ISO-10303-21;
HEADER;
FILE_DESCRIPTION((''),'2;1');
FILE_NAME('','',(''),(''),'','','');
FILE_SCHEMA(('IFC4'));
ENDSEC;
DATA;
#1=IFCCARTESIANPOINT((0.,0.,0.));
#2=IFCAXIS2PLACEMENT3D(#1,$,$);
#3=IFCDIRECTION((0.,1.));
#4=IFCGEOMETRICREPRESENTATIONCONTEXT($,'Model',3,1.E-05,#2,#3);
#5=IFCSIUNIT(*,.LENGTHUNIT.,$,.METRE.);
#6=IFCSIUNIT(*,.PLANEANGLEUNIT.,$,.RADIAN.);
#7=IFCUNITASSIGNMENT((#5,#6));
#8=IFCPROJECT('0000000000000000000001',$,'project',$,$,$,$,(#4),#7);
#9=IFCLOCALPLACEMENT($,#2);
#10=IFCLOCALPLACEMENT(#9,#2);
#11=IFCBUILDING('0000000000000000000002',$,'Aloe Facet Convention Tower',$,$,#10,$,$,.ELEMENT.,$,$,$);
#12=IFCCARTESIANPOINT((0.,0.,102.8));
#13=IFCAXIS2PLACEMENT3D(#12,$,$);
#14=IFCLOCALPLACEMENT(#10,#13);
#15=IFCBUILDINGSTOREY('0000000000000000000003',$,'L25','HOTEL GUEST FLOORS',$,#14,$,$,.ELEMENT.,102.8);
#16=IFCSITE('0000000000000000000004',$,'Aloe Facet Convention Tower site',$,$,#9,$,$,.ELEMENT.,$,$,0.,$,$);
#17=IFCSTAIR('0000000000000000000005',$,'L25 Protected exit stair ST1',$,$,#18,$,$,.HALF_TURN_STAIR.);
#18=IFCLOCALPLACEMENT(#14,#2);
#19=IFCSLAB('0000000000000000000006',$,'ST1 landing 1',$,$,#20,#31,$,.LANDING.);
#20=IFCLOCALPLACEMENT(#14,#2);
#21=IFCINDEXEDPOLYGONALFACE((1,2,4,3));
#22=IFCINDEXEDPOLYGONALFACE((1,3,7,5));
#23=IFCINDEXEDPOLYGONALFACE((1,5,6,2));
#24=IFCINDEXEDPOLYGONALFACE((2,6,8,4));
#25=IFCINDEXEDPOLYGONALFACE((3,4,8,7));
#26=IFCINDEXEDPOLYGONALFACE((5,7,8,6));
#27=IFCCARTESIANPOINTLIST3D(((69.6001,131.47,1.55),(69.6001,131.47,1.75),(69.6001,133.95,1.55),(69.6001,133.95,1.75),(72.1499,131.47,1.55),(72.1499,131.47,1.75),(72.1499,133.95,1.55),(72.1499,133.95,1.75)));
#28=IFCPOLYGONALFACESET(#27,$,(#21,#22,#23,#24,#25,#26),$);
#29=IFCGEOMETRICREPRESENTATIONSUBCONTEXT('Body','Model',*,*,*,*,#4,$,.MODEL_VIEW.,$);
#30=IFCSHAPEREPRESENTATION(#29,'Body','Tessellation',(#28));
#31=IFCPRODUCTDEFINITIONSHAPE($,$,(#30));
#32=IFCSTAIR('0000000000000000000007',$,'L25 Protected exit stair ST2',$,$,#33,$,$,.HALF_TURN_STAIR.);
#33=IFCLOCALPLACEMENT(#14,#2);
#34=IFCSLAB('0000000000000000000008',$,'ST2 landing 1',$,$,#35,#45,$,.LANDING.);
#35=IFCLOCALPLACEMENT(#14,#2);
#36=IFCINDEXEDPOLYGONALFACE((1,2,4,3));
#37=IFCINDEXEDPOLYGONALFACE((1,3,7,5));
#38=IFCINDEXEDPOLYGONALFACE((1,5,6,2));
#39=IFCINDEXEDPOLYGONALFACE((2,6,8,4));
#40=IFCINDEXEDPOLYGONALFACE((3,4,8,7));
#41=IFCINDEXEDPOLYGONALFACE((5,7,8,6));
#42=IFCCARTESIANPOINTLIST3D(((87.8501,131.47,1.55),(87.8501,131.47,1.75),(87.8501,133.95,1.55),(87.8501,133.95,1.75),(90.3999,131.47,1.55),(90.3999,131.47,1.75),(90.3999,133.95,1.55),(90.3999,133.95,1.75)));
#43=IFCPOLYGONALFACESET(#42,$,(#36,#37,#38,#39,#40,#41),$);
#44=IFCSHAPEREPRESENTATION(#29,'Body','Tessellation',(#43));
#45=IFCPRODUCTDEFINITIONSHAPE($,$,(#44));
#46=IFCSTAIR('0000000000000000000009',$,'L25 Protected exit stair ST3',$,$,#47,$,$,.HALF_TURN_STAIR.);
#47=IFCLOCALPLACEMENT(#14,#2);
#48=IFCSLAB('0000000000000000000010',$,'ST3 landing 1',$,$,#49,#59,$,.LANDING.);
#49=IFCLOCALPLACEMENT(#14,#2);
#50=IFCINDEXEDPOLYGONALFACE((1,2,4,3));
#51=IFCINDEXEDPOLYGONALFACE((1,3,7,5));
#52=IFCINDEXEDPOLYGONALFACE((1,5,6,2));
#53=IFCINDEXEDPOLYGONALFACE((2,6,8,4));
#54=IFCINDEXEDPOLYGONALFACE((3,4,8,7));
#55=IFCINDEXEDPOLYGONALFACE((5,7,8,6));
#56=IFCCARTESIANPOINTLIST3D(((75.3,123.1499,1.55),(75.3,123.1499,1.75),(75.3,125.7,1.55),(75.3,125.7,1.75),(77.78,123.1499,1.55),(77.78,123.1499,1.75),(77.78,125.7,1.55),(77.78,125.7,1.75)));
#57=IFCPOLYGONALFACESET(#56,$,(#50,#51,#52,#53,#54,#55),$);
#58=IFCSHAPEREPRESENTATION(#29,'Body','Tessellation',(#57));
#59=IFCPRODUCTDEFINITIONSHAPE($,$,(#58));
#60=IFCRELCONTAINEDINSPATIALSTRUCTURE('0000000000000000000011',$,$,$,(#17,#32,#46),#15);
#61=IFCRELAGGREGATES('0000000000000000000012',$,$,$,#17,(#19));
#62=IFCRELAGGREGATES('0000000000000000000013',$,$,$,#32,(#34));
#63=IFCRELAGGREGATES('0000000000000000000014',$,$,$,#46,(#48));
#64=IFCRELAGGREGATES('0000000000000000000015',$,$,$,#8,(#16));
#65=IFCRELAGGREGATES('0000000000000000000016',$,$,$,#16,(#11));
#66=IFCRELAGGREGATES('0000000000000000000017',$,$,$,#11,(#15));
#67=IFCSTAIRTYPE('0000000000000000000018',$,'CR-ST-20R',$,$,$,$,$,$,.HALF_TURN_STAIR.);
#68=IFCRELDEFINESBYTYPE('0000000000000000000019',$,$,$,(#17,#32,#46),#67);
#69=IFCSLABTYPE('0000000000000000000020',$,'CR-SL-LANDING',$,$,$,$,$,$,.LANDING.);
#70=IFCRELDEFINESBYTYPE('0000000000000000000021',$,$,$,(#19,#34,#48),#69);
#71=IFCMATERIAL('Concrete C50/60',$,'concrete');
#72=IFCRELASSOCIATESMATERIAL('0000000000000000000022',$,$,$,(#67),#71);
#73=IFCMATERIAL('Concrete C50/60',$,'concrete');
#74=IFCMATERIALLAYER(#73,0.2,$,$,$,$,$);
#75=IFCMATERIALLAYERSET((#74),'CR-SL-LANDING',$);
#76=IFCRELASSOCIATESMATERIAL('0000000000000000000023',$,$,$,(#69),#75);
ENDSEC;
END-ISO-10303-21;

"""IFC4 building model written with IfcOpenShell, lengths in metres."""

from ifc_helpers import new_model, si_unit, direction, frame, origin, place, context, subcontext, project, spatial, polyline, outline, extrude, material, layer, layer_set, type_object, element, aggregate, save


model = new_model("IFC4")

# Units and contexts
model_context = context("Model", 3, precision=1e-05, world=origin(), true_north=direction((0.0, 1.0)))
body_context = subcontext(model_context, "Body", "Model", "MODEL_VIEW")
ifc_project = project(units=[si_unit("LENGTHUNIT", "METRE"), si_unit("PLANEANGLEUNIT", "RADIAN")], contexts=[model_context])

# Site, building, storey
site_placement = place(None, origin())
site = spatial("IfcSite", under=ifc_project, at=site_placement, Name="Aloe Facet Convention Tower site", CompositionType="ELEMENT", RefElevation=0.0)
building_placement = place(site_placement, origin())
building = spatial("IfcBuilding", under=site, at=building_placement, Name="Aloe Facet Convention Tower", CompositionType="ELEMENT")
storey_placement = place(building_placement, frame((0.0, 0.0, 102.8)))
storey = spatial("IfcBuildingStorey", under=building, at=storey_placement, Name="L25", Description="HOTEL GUEST FLOORS", CompositionType="ELEMENT", Elevation=102.8)

# Stairs, slabs
ifc_material_1 = material(Name="Concrete C50/60", Category="concrete")
stair_type = type_object("IfcStairType", Name="CR-ST-20R", PredefinedType="HALF_TURN_STAIR", material=ifc_material_1)
stair_1_placement = place(storey_placement, origin())
stair_1 = element("IfcStair", 1, at=stair_1_placement, inside=storey, type_object=stair_type, Name="L25 Protected exit stair ST1", PredefinedType="HALF_TURN_STAIR")
ifc_material_2 = material(Name="Concrete C50/60", Category="concrete")
ifc_layer_1 = layer(ifc_material_2, 0.2)
ifc_layer_set_1 = layer_set([ifc_layer_1], Name="CR-SL-LANDING")
slab_type_1 = type_object("IfcSlabType", Name="CR-SL-LANDING", PredefinedType="LANDING", material=ifc_layer_set_1)
slab_1_placement = place(storey_placement, frame((0.0, 0.0, 1.55)))
slab_1 = element("IfcSlab", 2, at=slab_1_placement, type_object=slab_type_1, Name="ST1 landing 1", PredefinedType="LANDING", context=body_context, shape_type="SweptSolid", body=[
    extrude(outline(polyline([(72.1499, 131.47), (72.1499, 133.95), (69.6001, 133.95), (69.6001, 131.47), (72.1499, 131.47)])), origin(), (0.0, 0.0, 1.0), 0.2),
])
aggregate(stair_1, [slab_1])
stair_2_placement = place(storey_placement, origin())
stair_2 = element("IfcStair", 3, at=stair_2_placement, inside=storey, type_object=stair_type, Name="L25 Protected exit stair ST2", PredefinedType="HALF_TURN_STAIR")
slab_2_placement = place(storey_placement, frame((0.0, 0.0, 1.55)))
slab_2 = element("IfcSlab", 4, at=slab_2_placement, type_object=slab_type_1, Name="ST2 landing 1", PredefinedType="LANDING", context=body_context, shape_type="SweptSolid", body=[
    extrude(outline(polyline([(90.3999, 131.47), (90.3999, 133.95), (87.8501, 133.95), (87.8501, 131.47), (90.3999, 131.47)])), origin(), (0.0, 0.0, 1.0), 0.2),
])
aggregate(stair_2, [slab_2])
stair_3_placement = place(storey_placement, origin())
stair_3 = element("IfcStair", 5, at=stair_3_placement, inside=storey, type_object=stair_type, Name="L25 Protected exit stair ST3", PredefinedType="HALF_TURN_STAIR")
slab_3_placement = place(storey_placement, frame((0.0, 0.0, 1.55)))
slab_3 = element("IfcSlab", 6, at=slab_3_placement, type_object=slab_type_1, Name="ST3 landing 1", PredefinedType="LANDING", context=body_context, shape_type="SweptSolid", body=[
    extrude(outline(polyline([(77.78, 125.7), (75.3, 125.7), (75.3, 123.1499), (77.78, 123.1499), (77.78, 125.7)])), origin(), (0.0, 0.0, 1.0), 0.2),
])
aggregate(stair_3, [slab_3])

save(model, "model.ifc")
